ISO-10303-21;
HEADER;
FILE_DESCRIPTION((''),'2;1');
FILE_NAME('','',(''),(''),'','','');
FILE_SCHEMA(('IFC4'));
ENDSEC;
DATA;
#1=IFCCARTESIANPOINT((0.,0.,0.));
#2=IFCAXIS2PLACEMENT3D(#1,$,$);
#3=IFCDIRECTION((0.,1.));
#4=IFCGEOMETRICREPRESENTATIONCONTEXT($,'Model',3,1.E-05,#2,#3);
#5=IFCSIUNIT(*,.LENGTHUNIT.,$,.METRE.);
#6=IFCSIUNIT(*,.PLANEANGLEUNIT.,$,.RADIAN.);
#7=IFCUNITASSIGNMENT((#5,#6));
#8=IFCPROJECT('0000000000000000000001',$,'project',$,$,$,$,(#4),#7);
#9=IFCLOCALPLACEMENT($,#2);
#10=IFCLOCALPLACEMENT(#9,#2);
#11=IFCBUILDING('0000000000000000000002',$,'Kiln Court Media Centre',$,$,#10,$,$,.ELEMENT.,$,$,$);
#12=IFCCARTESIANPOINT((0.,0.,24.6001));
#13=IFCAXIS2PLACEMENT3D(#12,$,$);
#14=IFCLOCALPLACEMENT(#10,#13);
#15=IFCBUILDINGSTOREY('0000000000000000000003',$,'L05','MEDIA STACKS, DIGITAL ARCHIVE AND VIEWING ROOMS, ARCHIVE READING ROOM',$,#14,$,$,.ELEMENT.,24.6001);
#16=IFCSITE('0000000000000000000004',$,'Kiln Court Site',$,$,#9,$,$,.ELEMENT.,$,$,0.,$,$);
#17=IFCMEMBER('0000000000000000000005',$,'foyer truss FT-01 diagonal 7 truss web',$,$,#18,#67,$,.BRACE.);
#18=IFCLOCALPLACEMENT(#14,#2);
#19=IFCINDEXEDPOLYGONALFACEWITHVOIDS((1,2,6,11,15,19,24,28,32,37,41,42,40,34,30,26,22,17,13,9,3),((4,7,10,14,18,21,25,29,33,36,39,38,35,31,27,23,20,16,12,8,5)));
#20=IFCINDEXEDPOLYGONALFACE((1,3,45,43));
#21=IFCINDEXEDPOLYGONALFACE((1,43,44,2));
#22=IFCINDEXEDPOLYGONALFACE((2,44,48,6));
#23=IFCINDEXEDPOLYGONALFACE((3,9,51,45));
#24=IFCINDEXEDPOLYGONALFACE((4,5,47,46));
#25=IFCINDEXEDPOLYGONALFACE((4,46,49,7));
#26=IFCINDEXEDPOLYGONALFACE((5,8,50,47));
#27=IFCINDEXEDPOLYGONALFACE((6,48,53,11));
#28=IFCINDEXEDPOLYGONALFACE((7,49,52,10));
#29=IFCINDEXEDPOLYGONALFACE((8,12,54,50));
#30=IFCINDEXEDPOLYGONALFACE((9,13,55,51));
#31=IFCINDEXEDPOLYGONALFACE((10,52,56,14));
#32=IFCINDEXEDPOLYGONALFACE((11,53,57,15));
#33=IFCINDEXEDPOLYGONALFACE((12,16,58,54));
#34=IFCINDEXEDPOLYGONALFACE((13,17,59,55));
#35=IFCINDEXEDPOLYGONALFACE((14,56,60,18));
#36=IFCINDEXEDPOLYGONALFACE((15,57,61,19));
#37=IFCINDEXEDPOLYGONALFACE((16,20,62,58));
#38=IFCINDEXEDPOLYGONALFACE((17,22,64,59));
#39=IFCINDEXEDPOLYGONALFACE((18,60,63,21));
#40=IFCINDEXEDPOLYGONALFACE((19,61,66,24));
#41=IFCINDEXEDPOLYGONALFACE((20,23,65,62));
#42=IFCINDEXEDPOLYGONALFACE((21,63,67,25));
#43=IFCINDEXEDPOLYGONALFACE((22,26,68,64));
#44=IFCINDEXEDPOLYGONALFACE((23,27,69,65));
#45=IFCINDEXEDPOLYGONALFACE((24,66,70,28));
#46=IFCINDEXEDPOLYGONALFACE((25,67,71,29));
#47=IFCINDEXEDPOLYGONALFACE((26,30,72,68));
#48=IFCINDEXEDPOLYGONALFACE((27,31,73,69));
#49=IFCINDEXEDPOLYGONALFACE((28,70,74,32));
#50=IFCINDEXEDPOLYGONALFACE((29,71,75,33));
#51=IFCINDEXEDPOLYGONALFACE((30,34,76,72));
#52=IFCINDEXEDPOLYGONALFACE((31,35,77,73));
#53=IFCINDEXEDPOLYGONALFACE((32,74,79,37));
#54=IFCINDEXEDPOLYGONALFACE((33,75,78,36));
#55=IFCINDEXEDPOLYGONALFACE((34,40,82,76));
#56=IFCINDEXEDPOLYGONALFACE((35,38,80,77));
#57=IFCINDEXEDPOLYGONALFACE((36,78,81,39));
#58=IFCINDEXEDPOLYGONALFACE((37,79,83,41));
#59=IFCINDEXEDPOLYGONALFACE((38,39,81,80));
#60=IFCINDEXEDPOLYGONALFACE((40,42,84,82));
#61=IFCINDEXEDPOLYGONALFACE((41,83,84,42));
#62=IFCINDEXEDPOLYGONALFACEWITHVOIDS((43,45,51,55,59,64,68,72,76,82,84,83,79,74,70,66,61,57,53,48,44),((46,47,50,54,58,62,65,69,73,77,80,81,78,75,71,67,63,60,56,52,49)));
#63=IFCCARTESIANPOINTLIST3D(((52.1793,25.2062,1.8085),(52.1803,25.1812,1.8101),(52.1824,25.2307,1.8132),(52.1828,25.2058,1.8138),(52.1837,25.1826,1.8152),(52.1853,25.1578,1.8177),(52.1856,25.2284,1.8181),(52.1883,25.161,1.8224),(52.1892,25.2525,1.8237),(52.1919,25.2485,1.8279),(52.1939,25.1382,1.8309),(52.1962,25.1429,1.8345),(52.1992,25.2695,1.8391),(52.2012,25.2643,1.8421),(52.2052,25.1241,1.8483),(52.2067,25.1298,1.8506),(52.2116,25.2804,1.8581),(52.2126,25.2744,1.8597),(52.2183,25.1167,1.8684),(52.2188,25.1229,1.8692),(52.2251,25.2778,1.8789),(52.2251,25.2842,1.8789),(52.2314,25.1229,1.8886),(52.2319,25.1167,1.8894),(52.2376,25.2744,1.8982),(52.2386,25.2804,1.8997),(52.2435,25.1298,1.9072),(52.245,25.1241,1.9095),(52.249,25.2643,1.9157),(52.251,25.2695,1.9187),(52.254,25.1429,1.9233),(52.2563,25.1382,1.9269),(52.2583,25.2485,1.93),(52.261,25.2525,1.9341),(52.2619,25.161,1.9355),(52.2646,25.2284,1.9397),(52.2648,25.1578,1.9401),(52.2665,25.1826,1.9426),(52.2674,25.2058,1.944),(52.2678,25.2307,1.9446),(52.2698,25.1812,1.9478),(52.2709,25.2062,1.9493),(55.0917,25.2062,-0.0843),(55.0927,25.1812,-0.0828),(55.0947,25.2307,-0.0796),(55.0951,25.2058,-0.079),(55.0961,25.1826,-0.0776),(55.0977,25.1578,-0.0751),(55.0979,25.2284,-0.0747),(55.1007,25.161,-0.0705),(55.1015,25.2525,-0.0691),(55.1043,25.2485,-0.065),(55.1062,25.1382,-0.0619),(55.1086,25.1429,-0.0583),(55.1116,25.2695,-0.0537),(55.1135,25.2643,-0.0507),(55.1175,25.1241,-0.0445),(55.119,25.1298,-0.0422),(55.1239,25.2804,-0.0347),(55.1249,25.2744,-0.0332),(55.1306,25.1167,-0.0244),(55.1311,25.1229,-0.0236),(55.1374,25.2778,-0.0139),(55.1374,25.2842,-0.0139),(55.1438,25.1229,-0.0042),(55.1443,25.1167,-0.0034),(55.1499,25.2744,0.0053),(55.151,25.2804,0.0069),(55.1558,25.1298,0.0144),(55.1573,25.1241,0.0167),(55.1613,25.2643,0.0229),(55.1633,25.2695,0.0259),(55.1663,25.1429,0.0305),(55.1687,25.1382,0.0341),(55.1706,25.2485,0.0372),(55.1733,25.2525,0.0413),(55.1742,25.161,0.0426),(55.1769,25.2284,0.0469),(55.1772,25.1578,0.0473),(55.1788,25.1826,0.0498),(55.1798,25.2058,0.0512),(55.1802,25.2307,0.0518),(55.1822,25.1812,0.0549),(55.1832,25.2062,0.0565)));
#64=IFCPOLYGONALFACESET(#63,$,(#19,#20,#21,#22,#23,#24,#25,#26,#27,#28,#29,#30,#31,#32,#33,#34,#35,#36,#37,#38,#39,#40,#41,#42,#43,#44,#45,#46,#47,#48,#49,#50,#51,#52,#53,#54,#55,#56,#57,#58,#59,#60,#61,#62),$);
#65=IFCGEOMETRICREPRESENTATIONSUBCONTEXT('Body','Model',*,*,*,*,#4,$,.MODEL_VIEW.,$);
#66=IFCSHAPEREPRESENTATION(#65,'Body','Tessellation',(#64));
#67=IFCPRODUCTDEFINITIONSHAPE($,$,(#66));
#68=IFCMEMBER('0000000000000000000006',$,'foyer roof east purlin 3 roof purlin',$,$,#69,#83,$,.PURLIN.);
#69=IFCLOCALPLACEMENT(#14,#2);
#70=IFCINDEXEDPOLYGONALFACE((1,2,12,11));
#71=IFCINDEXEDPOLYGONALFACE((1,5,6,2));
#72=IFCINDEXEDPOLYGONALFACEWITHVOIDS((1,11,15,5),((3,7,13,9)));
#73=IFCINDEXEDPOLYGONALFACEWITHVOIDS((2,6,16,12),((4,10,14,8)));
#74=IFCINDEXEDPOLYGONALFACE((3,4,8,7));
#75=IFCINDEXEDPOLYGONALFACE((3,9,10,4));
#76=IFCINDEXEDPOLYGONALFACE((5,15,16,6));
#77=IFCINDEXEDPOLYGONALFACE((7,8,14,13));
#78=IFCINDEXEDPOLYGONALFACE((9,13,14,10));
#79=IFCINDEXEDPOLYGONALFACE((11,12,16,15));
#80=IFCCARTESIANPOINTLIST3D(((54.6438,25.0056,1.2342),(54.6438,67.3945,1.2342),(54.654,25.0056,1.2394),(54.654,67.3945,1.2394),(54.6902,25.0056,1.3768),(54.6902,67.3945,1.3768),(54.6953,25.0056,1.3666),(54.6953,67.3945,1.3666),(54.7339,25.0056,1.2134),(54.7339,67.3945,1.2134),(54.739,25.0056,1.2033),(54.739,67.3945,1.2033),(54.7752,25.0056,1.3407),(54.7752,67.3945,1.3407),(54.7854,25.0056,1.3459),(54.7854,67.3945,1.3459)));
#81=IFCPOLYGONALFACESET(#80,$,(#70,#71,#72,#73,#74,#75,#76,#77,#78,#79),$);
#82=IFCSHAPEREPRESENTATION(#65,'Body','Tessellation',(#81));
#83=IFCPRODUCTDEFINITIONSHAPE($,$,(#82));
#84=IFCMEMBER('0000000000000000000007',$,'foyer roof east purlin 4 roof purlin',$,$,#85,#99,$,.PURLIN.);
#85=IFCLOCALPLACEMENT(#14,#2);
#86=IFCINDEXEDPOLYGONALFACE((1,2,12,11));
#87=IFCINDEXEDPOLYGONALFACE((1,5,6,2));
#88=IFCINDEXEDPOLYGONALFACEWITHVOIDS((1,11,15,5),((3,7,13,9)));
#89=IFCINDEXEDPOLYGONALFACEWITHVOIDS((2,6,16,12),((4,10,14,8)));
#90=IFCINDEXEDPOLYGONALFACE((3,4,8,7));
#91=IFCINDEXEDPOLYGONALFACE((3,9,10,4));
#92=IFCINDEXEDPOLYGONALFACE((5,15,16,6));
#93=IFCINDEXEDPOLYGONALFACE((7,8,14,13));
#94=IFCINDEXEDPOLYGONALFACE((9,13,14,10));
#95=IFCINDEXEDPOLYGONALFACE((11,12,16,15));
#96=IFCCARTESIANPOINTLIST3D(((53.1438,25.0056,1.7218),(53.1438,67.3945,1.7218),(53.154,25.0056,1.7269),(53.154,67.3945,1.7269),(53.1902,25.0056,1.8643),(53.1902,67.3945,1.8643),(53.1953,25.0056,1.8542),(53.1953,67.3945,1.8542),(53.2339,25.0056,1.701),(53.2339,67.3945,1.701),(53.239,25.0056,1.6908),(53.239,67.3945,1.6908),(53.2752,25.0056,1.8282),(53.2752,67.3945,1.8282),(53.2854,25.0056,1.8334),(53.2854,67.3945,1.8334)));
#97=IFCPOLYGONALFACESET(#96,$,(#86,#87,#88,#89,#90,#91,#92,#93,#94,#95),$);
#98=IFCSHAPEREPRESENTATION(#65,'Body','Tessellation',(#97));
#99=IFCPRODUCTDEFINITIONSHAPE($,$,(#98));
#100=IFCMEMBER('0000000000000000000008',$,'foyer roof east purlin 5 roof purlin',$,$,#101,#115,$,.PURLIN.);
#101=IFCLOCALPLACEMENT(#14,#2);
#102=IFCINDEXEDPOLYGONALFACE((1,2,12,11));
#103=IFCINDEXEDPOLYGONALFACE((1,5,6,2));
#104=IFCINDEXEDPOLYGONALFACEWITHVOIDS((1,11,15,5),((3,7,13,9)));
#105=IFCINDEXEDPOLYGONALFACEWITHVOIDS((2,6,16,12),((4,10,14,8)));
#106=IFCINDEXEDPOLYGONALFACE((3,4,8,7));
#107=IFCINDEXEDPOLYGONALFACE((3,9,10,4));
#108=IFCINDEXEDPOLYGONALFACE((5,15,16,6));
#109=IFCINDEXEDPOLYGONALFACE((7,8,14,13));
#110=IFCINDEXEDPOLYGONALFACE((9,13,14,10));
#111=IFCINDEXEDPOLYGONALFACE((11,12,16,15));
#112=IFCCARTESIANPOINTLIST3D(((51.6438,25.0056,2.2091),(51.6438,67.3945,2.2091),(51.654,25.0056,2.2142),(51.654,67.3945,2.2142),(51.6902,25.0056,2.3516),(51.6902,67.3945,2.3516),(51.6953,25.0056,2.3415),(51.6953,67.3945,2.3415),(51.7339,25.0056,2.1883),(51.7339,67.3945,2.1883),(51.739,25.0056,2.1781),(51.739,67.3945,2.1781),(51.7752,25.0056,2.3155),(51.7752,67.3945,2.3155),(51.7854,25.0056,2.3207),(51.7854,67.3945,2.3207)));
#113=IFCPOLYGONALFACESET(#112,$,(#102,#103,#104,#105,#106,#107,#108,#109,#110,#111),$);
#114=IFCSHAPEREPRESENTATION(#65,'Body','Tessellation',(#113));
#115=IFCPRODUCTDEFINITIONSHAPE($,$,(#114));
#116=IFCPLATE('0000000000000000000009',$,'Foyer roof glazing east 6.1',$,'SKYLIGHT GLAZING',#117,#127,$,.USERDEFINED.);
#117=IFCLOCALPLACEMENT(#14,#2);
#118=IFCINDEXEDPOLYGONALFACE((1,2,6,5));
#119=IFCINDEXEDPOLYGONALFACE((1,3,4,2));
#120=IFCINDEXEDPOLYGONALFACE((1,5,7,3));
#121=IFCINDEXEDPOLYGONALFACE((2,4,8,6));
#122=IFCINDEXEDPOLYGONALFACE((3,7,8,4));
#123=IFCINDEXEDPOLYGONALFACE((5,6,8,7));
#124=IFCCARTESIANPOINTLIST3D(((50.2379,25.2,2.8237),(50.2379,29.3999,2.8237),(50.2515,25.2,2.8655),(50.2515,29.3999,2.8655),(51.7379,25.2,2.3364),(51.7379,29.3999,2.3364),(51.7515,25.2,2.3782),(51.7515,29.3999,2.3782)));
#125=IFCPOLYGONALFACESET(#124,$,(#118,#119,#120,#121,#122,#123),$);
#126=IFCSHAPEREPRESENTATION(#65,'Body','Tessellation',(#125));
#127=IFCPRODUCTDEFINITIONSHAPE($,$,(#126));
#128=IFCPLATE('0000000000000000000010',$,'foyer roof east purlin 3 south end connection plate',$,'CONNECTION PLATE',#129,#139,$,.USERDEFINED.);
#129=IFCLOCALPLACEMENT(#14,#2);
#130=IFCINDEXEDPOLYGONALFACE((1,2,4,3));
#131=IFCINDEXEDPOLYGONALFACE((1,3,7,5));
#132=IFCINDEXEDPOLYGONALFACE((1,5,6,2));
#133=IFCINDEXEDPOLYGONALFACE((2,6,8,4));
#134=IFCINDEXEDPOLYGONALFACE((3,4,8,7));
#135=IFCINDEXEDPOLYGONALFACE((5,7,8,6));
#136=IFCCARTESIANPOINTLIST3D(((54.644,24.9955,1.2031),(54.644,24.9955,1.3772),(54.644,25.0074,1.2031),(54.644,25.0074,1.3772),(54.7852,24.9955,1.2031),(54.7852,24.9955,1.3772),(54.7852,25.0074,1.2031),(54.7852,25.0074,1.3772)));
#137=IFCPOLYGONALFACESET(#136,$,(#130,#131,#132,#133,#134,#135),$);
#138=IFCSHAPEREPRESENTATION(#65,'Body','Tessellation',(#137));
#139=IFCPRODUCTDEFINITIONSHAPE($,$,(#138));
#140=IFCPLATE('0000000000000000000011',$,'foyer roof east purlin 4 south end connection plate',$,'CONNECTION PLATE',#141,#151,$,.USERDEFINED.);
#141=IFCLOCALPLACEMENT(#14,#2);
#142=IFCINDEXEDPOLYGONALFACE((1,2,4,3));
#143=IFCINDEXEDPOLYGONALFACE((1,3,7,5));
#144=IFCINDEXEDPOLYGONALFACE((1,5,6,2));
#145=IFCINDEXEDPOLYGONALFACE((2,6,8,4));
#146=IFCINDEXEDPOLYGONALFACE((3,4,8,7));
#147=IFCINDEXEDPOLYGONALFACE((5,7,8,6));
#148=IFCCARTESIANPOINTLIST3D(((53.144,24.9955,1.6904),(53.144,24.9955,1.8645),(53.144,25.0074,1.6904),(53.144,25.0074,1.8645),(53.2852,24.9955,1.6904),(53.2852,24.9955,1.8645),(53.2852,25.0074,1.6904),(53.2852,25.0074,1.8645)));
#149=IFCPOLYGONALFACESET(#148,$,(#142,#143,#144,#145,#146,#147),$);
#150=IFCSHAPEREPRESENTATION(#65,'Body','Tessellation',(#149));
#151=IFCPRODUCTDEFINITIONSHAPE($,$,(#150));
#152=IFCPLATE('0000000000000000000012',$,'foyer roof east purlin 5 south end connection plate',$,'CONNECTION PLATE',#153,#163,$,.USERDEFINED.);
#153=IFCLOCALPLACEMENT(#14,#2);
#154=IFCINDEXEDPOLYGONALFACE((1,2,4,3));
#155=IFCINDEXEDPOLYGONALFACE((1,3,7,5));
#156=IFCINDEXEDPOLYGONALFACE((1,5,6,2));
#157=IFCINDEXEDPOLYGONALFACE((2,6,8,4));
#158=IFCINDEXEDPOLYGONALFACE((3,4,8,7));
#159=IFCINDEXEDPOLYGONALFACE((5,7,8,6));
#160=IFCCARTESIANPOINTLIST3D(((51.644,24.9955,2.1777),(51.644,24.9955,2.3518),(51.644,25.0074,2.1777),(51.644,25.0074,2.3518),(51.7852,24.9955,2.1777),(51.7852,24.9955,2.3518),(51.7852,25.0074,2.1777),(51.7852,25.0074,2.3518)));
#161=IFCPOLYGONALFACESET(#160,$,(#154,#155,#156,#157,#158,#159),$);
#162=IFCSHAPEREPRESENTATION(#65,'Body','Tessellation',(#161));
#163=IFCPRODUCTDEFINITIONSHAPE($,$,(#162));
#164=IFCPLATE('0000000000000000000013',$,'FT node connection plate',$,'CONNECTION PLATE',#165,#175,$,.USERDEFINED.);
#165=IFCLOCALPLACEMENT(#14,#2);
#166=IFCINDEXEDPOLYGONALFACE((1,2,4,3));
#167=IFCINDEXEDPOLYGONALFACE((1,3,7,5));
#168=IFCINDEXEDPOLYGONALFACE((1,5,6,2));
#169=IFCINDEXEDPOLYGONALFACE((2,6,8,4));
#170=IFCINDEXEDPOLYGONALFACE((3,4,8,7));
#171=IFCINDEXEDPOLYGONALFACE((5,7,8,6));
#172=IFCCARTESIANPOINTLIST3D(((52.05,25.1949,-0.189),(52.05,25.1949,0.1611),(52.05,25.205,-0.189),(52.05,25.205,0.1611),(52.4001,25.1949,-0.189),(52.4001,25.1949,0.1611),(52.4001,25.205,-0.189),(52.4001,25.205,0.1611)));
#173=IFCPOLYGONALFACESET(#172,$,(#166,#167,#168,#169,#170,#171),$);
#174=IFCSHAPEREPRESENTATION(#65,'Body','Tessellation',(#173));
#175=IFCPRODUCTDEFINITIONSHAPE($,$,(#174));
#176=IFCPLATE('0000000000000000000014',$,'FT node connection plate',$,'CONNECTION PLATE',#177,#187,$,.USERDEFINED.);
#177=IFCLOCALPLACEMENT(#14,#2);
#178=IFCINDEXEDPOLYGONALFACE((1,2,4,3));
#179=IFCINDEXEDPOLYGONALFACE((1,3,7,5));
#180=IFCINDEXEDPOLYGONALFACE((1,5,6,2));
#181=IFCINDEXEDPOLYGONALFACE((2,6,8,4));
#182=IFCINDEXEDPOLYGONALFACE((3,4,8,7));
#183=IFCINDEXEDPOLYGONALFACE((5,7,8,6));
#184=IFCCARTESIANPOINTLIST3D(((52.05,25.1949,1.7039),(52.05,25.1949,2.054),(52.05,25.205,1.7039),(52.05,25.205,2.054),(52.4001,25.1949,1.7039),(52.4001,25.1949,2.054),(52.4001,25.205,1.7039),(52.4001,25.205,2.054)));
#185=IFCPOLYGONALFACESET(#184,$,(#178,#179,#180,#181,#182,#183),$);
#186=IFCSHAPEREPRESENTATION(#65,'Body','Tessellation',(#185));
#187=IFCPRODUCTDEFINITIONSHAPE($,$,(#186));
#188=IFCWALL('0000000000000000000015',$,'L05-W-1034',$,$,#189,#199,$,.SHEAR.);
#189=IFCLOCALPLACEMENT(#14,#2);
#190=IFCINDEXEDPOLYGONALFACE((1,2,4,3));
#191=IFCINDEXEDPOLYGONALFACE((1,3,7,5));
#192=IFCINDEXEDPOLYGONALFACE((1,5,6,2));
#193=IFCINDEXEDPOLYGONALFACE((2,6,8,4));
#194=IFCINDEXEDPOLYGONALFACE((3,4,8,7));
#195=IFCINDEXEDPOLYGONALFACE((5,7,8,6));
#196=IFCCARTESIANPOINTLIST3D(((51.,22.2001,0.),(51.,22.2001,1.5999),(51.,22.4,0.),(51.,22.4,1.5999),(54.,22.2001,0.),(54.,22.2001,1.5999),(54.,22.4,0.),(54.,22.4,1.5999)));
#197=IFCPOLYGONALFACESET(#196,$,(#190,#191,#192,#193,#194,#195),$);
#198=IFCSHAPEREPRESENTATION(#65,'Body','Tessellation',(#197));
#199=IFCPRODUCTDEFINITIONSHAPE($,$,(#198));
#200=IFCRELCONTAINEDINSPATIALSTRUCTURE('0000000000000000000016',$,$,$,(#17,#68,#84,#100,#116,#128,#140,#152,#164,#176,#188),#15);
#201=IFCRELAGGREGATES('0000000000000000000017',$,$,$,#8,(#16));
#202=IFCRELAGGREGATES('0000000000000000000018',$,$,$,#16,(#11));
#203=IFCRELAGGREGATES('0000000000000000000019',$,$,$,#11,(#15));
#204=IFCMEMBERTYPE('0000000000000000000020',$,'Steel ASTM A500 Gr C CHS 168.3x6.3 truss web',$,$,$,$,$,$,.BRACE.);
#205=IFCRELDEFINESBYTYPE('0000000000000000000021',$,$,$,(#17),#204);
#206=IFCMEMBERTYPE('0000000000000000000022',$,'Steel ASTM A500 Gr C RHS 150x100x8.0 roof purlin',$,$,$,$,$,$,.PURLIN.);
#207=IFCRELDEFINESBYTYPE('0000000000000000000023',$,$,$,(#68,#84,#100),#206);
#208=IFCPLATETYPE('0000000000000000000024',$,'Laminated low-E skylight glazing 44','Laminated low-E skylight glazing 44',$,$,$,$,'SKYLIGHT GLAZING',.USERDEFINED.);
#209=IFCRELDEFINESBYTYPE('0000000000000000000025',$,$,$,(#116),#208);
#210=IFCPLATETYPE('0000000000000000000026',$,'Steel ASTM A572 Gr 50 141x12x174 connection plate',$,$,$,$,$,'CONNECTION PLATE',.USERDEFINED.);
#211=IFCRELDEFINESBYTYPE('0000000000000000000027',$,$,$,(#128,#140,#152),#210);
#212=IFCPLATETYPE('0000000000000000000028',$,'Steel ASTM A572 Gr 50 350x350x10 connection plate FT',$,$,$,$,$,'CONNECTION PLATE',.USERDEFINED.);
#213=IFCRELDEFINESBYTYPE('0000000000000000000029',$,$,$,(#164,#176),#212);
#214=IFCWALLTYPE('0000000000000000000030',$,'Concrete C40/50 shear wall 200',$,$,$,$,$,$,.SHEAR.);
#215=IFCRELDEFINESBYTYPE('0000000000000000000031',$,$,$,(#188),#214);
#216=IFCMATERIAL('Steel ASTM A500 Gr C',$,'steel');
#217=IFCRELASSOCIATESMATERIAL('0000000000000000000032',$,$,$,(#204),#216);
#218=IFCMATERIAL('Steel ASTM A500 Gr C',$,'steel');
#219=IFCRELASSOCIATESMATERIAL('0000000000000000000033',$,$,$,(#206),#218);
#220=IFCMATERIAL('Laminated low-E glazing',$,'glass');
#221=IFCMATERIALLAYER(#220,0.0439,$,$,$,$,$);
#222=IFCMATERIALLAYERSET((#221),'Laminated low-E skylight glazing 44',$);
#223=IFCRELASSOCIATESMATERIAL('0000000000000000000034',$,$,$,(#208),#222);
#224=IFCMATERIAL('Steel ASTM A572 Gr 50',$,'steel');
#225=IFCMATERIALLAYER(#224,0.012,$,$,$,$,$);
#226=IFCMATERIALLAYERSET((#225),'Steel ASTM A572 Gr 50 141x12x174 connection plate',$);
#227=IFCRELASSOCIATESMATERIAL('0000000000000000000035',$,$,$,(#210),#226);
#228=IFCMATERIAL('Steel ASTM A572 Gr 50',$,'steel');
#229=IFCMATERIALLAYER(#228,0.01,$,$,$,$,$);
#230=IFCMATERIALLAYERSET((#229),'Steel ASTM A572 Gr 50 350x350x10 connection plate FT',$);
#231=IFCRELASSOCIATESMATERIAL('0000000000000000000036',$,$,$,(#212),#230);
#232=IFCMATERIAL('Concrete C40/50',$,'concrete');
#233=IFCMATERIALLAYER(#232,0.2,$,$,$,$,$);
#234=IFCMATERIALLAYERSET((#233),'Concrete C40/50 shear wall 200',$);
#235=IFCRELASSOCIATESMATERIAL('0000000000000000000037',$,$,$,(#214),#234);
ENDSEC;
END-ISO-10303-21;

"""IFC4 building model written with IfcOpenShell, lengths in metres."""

from ifc_helpers import new_model, si_unit, direction, frame, frame_2d, origin, origin_2d, place, context, subcontext, project, spatial, polyline, rectangle, hollow_rectangle, hollow_circle, outline, extrude, material, layer, layer_set, material_profile, profile_set, type_object, element, save


model = new_model("IFC4")

# Units and contexts
model_context = context("Model", 3, precision=1e-05, world=origin(), true_north=direction((0.0, 1.0)))
body_context = subcontext(model_context, "Body", "Model", "MODEL_VIEW")
ifc_project = project(units=[si_unit("LENGTHUNIT", "METRE"), si_unit("PLANEANGLEUNIT", "RADIAN")], contexts=[model_context])

# Site, building, storey
site_placement = place(None, origin())
site = spatial("IfcSite", under=ifc_project, at=site_placement, Name="Kiln Court Site", CompositionType="ELEMENT", RefElevation=0.0)
building_placement = place(site_placement, origin())
building = spatial("IfcBuilding", under=site, at=building_placement, Name="Kiln Court Media Centre", CompositionType="ELEMENT")
storey_placement = place(building_placement, frame((0.0, 0.0, 24.6001)))
storey = spatial("IfcBuildingStorey", under=building, at=storey_placement, Name="L05", Description="MEDIA STACKS, DIGITAL ARCHIVE AND VIEWING ROOMS, ARCHIVE READING ROOM", CompositionType="ELEMENT", Elevation=24.6001)

# Members
ifc_material_1 = material(Name="Steel ASTM A500 Gr C", Category="steel")
ifc_material_profile_1 = material_profile(ifc_material_1, hollow_circle(Radius=0.0842, WallThickness=0.0063, at=origin_2d()), Name="CHS 168.3x6.3")
ifc_profile_set_1 = profile_set([ifc_material_profile_1], Name="Steel ASTM A500 Gr C")
member_type_1 = type_object("IfcMemberType", Name="Steel ASTM A500 Gr C CHS 168.3x6.3 truss web", PredefinedType="BRACE", material=ifc_profile_set_1)
member_placement = place(storey_placement, frame((52.2251, 25.2, 1.8789), z_axis=(0.838471, 0.0, -0.544946), x_axis=(0.0, 1.0, 0.0)))
element("IfcMember", 1, at=member_placement, inside=storey, type_object=member_type_1, Name="foyer truss FT-01 diagonal 7 truss web", PredefinedType="BRACE", context=body_context, shape_type="SweptSolid", body=[
    extrude(hollow_circle(Radius=0.0842, WallThickness=0.0063, at=origin_2d()), origin(), (0.0, 0.0, 1.0), 3.4734),
])
ifc_material_2 = material(Name="Steel ASTM A500 Gr C", Category="steel")
ifc_material_profile_2 = material_profile(ifc_material_2, hollow_rectangle(XDim=0.1001, YDim=0.1499, WallThickness=0.0081, at=origin_2d()), Name="RHS 150x100x8.0")
ifc_profile_set_2 = profile_set([ifc_material_profile_2], Name="Steel ASTM A500 Gr C")
member_type_2 = type_object("IfcMemberType", Name="Steel ASTM A500 Gr C RHS 150x100x8.0 roof purlin", PredefinedType="PURLIN", material=ifc_profile_set_2)
for number, where, z_axis, x_axis, name in (
    (2, (54.7146, 25.0056, 1.29), (0.0, 1.0, 0.0), (-0.951057, 0.0, 0.309017), "foyer roof east purlin 3 roof purlin"),
    (3, (53.2146, 25.0056, 1.7776), (0.0, 1.0, 0.0), (-0.951057, 0.0, 0.309017), "foyer roof east purlin 4 roof purlin"),
    (4, (51.7146, 25.0056, 2.2649), (0.0, 1.0, 0.0), (-0.951057, 0.0, 0.309017), "foyer roof east purlin 5 roof purlin"),
):
    element("IfcMember", number, at=place(storey_placement, frame(where, z_axis=z_axis, x_axis=x_axis)), inside=storey, type_object=member_type_2, Name=name, PredefinedType="PURLIN", context=body_context, shape_type="SweptSolid", body=[
        extrude(hollow_rectangle(XDim=0.1001, YDim=0.1499, WallThickness=0.0081, at=origin_2d()), origin(), (0.0, 0.0, 1.0), 42.3889),
    ])

# Plates
ifc_material_3 = material(Name="Laminated low-E glazing", Category="glass")
ifc_layer_1 = layer(ifc_material_3, 0.0439)
ifc_layer_set_1 = layer_set([ifc_layer_1], Name="Laminated low-E skylight glazing 44")
plate_type_1 = type_object("IfcPlateType", Name="Laminated low-E skylight glazing 44", Description="Laminated low-E skylight glazing 44", ElementType="SKYLIGHT GLAZING", PredefinedType="USERDEFINED", material=ifc_layer_set_1)
plate_placement = place(storey_placement, frame((51.7515, 29.3999, 2.3782), z_axis=(0.308974, 0.0, 0.95107), x_axis=(-0.95107, 0.0, 0.308974)))
element("IfcPlate", 5, at=plate_placement, inside=storey, type_object=plate_type_1, Name="Foyer roof glazing east 6.1", ObjectType="SKYLIGHT GLAZING", PredefinedType="USERDEFINED", context=body_context, shape_type="SweptSolid", body=[
    extrude(outline(polyline([(0.0, 0.0), (1.5772, 0.0), (1.5772, 4.2), (0.0, 4.2), (0.0, 0.0)])), origin(), (0.0, 0.0, -1.0), 0.0439),
])
ifc_material_4 = material(Name="Steel ASTM A572 Gr 50", Category="steel")
ifc_layer_2 = layer(ifc_material_4, 0.012)
ifc_layer_set_2 = layer_set([ifc_layer_2], Name="Steel ASTM A572 Gr 50 141x12x174 connection plate")
plate_type_2 = type_object("IfcPlateType", Name="Steel ASTM A572 Gr 50 141x12x174 connection plate", ElementType="CONNECTION PLATE", PredefinedType="USERDEFINED", material=ifc_layer_set_2)
for number, where, z_axis, x_axis, name in (
    (6, (54.7146, 25.0015, 1.2031), (0.0, 0.0, 1.0), (1.0, 0.0, 0.0), "foyer roof east purlin 3 south end connection plate"),
    (7, (53.2146, 25.0015, 1.6904), (0.0, 0.0, 1.0), (1.0, 0.0, 0.0), "foyer roof east purlin 4 south end connection plate"),
    (8, (51.7146, 25.0015, 2.1777), (0.0, 0.0, 1.0), (1.0, 0.0, 0.0), "foyer roof east purlin 5 south end connection plate"),
):
    element("IfcPlate", number, at=place(storey_placement, frame(where, z_axis=z_axis, x_axis=x_axis)), inside=storey, type_object=plate_type_2, Name=name, ObjectType="CONNECTION PLATE", PredefinedType="USERDEFINED", context=body_context, shape_type="SweptSolid", body=[
        extrude(rectangle(XDim=0.1411, YDim=0.012, at=origin_2d()), origin(), (0.0, 0.0, 1.0), 0.1741),
    ])
ifc_material_5 = material(Name="Steel ASTM A572 Gr 50", Category="steel")
ifc_layer_3 = layer(ifc_material_5, 0.01)
ifc_layer_set_3 = layer_set([ifc_layer_3], Name="Steel ASTM A572 Gr 50 350x350x10 connection plate FT")
plate_type_3 = type_object("IfcPlateType", Name="Steel ASTM A572 Gr 50 350x350x10 connection plate FT", ElementType="CONNECTION PLATE", PredefinedType="USERDEFINED", material=ifc_layer_set_3)
for number, where, z_axis, x_axis, name in (
    (9, (52.2251, 25.2, -0.189), (0.0, 0.0, 1.0), (1.0, 0.0, 0.0), "FT node connection plate"),
    (10, (52.2251, 25.2, 1.7039), (0.0, 0.0, 1.0), (1.0, 0.0, 0.0), "FT node connection plate"),
):
    element("IfcPlate", number, at=place(storey_placement, frame(where, z_axis=z_axis, x_axis=x_axis)), inside=storey, type_object=plate_type_3, Name=name, ObjectType="CONNECTION PLATE", PredefinedType="USERDEFINED", context=body_context, shape_type="SweptSolid", body=[
        extrude(rectangle(XDim=0.3501, YDim=0.01, at=origin_2d()), origin(), (0.0, 0.0, 1.0), 0.3501),
    ])

# Wall
ifc_material_6 = material(Name="Concrete C40/50", Category="concrete")
ifc_layer_4 = layer(ifc_material_6, 0.2)
ifc_layer_set_4 = layer_set([ifc_layer_4], Name="Concrete C40/50 shear wall 200")
wall_type_1 = type_object("IfcWallType", Name="Concrete C40/50 shear wall 200", PredefinedType="SHEAR", material=ifc_layer_set_4)
for number, where, z_axis, x_axis, name in (
    (11, (54.0, 22.3, 0.0), (0.0, 0.0, 1.0), (-1.0, 0.0, 0.0), "L05-W-1034"),
):
    element("IfcWall", number, at=place(storey_placement, frame(where, z_axis=z_axis, x_axis=x_axis)), inside=storey, type_object=wall_type_1, Name=name, PredefinedType="SHEAR", context=body_context, shape_type="SweptSolid", body=[
        extrude(rectangle(XDim=3.0, YDim=0.2, at=frame_2d((1.5, 0.0))), origin(), (0.0, 0.0, 1.0), 1.5999),
    ])

save(model, "model.ifc")
